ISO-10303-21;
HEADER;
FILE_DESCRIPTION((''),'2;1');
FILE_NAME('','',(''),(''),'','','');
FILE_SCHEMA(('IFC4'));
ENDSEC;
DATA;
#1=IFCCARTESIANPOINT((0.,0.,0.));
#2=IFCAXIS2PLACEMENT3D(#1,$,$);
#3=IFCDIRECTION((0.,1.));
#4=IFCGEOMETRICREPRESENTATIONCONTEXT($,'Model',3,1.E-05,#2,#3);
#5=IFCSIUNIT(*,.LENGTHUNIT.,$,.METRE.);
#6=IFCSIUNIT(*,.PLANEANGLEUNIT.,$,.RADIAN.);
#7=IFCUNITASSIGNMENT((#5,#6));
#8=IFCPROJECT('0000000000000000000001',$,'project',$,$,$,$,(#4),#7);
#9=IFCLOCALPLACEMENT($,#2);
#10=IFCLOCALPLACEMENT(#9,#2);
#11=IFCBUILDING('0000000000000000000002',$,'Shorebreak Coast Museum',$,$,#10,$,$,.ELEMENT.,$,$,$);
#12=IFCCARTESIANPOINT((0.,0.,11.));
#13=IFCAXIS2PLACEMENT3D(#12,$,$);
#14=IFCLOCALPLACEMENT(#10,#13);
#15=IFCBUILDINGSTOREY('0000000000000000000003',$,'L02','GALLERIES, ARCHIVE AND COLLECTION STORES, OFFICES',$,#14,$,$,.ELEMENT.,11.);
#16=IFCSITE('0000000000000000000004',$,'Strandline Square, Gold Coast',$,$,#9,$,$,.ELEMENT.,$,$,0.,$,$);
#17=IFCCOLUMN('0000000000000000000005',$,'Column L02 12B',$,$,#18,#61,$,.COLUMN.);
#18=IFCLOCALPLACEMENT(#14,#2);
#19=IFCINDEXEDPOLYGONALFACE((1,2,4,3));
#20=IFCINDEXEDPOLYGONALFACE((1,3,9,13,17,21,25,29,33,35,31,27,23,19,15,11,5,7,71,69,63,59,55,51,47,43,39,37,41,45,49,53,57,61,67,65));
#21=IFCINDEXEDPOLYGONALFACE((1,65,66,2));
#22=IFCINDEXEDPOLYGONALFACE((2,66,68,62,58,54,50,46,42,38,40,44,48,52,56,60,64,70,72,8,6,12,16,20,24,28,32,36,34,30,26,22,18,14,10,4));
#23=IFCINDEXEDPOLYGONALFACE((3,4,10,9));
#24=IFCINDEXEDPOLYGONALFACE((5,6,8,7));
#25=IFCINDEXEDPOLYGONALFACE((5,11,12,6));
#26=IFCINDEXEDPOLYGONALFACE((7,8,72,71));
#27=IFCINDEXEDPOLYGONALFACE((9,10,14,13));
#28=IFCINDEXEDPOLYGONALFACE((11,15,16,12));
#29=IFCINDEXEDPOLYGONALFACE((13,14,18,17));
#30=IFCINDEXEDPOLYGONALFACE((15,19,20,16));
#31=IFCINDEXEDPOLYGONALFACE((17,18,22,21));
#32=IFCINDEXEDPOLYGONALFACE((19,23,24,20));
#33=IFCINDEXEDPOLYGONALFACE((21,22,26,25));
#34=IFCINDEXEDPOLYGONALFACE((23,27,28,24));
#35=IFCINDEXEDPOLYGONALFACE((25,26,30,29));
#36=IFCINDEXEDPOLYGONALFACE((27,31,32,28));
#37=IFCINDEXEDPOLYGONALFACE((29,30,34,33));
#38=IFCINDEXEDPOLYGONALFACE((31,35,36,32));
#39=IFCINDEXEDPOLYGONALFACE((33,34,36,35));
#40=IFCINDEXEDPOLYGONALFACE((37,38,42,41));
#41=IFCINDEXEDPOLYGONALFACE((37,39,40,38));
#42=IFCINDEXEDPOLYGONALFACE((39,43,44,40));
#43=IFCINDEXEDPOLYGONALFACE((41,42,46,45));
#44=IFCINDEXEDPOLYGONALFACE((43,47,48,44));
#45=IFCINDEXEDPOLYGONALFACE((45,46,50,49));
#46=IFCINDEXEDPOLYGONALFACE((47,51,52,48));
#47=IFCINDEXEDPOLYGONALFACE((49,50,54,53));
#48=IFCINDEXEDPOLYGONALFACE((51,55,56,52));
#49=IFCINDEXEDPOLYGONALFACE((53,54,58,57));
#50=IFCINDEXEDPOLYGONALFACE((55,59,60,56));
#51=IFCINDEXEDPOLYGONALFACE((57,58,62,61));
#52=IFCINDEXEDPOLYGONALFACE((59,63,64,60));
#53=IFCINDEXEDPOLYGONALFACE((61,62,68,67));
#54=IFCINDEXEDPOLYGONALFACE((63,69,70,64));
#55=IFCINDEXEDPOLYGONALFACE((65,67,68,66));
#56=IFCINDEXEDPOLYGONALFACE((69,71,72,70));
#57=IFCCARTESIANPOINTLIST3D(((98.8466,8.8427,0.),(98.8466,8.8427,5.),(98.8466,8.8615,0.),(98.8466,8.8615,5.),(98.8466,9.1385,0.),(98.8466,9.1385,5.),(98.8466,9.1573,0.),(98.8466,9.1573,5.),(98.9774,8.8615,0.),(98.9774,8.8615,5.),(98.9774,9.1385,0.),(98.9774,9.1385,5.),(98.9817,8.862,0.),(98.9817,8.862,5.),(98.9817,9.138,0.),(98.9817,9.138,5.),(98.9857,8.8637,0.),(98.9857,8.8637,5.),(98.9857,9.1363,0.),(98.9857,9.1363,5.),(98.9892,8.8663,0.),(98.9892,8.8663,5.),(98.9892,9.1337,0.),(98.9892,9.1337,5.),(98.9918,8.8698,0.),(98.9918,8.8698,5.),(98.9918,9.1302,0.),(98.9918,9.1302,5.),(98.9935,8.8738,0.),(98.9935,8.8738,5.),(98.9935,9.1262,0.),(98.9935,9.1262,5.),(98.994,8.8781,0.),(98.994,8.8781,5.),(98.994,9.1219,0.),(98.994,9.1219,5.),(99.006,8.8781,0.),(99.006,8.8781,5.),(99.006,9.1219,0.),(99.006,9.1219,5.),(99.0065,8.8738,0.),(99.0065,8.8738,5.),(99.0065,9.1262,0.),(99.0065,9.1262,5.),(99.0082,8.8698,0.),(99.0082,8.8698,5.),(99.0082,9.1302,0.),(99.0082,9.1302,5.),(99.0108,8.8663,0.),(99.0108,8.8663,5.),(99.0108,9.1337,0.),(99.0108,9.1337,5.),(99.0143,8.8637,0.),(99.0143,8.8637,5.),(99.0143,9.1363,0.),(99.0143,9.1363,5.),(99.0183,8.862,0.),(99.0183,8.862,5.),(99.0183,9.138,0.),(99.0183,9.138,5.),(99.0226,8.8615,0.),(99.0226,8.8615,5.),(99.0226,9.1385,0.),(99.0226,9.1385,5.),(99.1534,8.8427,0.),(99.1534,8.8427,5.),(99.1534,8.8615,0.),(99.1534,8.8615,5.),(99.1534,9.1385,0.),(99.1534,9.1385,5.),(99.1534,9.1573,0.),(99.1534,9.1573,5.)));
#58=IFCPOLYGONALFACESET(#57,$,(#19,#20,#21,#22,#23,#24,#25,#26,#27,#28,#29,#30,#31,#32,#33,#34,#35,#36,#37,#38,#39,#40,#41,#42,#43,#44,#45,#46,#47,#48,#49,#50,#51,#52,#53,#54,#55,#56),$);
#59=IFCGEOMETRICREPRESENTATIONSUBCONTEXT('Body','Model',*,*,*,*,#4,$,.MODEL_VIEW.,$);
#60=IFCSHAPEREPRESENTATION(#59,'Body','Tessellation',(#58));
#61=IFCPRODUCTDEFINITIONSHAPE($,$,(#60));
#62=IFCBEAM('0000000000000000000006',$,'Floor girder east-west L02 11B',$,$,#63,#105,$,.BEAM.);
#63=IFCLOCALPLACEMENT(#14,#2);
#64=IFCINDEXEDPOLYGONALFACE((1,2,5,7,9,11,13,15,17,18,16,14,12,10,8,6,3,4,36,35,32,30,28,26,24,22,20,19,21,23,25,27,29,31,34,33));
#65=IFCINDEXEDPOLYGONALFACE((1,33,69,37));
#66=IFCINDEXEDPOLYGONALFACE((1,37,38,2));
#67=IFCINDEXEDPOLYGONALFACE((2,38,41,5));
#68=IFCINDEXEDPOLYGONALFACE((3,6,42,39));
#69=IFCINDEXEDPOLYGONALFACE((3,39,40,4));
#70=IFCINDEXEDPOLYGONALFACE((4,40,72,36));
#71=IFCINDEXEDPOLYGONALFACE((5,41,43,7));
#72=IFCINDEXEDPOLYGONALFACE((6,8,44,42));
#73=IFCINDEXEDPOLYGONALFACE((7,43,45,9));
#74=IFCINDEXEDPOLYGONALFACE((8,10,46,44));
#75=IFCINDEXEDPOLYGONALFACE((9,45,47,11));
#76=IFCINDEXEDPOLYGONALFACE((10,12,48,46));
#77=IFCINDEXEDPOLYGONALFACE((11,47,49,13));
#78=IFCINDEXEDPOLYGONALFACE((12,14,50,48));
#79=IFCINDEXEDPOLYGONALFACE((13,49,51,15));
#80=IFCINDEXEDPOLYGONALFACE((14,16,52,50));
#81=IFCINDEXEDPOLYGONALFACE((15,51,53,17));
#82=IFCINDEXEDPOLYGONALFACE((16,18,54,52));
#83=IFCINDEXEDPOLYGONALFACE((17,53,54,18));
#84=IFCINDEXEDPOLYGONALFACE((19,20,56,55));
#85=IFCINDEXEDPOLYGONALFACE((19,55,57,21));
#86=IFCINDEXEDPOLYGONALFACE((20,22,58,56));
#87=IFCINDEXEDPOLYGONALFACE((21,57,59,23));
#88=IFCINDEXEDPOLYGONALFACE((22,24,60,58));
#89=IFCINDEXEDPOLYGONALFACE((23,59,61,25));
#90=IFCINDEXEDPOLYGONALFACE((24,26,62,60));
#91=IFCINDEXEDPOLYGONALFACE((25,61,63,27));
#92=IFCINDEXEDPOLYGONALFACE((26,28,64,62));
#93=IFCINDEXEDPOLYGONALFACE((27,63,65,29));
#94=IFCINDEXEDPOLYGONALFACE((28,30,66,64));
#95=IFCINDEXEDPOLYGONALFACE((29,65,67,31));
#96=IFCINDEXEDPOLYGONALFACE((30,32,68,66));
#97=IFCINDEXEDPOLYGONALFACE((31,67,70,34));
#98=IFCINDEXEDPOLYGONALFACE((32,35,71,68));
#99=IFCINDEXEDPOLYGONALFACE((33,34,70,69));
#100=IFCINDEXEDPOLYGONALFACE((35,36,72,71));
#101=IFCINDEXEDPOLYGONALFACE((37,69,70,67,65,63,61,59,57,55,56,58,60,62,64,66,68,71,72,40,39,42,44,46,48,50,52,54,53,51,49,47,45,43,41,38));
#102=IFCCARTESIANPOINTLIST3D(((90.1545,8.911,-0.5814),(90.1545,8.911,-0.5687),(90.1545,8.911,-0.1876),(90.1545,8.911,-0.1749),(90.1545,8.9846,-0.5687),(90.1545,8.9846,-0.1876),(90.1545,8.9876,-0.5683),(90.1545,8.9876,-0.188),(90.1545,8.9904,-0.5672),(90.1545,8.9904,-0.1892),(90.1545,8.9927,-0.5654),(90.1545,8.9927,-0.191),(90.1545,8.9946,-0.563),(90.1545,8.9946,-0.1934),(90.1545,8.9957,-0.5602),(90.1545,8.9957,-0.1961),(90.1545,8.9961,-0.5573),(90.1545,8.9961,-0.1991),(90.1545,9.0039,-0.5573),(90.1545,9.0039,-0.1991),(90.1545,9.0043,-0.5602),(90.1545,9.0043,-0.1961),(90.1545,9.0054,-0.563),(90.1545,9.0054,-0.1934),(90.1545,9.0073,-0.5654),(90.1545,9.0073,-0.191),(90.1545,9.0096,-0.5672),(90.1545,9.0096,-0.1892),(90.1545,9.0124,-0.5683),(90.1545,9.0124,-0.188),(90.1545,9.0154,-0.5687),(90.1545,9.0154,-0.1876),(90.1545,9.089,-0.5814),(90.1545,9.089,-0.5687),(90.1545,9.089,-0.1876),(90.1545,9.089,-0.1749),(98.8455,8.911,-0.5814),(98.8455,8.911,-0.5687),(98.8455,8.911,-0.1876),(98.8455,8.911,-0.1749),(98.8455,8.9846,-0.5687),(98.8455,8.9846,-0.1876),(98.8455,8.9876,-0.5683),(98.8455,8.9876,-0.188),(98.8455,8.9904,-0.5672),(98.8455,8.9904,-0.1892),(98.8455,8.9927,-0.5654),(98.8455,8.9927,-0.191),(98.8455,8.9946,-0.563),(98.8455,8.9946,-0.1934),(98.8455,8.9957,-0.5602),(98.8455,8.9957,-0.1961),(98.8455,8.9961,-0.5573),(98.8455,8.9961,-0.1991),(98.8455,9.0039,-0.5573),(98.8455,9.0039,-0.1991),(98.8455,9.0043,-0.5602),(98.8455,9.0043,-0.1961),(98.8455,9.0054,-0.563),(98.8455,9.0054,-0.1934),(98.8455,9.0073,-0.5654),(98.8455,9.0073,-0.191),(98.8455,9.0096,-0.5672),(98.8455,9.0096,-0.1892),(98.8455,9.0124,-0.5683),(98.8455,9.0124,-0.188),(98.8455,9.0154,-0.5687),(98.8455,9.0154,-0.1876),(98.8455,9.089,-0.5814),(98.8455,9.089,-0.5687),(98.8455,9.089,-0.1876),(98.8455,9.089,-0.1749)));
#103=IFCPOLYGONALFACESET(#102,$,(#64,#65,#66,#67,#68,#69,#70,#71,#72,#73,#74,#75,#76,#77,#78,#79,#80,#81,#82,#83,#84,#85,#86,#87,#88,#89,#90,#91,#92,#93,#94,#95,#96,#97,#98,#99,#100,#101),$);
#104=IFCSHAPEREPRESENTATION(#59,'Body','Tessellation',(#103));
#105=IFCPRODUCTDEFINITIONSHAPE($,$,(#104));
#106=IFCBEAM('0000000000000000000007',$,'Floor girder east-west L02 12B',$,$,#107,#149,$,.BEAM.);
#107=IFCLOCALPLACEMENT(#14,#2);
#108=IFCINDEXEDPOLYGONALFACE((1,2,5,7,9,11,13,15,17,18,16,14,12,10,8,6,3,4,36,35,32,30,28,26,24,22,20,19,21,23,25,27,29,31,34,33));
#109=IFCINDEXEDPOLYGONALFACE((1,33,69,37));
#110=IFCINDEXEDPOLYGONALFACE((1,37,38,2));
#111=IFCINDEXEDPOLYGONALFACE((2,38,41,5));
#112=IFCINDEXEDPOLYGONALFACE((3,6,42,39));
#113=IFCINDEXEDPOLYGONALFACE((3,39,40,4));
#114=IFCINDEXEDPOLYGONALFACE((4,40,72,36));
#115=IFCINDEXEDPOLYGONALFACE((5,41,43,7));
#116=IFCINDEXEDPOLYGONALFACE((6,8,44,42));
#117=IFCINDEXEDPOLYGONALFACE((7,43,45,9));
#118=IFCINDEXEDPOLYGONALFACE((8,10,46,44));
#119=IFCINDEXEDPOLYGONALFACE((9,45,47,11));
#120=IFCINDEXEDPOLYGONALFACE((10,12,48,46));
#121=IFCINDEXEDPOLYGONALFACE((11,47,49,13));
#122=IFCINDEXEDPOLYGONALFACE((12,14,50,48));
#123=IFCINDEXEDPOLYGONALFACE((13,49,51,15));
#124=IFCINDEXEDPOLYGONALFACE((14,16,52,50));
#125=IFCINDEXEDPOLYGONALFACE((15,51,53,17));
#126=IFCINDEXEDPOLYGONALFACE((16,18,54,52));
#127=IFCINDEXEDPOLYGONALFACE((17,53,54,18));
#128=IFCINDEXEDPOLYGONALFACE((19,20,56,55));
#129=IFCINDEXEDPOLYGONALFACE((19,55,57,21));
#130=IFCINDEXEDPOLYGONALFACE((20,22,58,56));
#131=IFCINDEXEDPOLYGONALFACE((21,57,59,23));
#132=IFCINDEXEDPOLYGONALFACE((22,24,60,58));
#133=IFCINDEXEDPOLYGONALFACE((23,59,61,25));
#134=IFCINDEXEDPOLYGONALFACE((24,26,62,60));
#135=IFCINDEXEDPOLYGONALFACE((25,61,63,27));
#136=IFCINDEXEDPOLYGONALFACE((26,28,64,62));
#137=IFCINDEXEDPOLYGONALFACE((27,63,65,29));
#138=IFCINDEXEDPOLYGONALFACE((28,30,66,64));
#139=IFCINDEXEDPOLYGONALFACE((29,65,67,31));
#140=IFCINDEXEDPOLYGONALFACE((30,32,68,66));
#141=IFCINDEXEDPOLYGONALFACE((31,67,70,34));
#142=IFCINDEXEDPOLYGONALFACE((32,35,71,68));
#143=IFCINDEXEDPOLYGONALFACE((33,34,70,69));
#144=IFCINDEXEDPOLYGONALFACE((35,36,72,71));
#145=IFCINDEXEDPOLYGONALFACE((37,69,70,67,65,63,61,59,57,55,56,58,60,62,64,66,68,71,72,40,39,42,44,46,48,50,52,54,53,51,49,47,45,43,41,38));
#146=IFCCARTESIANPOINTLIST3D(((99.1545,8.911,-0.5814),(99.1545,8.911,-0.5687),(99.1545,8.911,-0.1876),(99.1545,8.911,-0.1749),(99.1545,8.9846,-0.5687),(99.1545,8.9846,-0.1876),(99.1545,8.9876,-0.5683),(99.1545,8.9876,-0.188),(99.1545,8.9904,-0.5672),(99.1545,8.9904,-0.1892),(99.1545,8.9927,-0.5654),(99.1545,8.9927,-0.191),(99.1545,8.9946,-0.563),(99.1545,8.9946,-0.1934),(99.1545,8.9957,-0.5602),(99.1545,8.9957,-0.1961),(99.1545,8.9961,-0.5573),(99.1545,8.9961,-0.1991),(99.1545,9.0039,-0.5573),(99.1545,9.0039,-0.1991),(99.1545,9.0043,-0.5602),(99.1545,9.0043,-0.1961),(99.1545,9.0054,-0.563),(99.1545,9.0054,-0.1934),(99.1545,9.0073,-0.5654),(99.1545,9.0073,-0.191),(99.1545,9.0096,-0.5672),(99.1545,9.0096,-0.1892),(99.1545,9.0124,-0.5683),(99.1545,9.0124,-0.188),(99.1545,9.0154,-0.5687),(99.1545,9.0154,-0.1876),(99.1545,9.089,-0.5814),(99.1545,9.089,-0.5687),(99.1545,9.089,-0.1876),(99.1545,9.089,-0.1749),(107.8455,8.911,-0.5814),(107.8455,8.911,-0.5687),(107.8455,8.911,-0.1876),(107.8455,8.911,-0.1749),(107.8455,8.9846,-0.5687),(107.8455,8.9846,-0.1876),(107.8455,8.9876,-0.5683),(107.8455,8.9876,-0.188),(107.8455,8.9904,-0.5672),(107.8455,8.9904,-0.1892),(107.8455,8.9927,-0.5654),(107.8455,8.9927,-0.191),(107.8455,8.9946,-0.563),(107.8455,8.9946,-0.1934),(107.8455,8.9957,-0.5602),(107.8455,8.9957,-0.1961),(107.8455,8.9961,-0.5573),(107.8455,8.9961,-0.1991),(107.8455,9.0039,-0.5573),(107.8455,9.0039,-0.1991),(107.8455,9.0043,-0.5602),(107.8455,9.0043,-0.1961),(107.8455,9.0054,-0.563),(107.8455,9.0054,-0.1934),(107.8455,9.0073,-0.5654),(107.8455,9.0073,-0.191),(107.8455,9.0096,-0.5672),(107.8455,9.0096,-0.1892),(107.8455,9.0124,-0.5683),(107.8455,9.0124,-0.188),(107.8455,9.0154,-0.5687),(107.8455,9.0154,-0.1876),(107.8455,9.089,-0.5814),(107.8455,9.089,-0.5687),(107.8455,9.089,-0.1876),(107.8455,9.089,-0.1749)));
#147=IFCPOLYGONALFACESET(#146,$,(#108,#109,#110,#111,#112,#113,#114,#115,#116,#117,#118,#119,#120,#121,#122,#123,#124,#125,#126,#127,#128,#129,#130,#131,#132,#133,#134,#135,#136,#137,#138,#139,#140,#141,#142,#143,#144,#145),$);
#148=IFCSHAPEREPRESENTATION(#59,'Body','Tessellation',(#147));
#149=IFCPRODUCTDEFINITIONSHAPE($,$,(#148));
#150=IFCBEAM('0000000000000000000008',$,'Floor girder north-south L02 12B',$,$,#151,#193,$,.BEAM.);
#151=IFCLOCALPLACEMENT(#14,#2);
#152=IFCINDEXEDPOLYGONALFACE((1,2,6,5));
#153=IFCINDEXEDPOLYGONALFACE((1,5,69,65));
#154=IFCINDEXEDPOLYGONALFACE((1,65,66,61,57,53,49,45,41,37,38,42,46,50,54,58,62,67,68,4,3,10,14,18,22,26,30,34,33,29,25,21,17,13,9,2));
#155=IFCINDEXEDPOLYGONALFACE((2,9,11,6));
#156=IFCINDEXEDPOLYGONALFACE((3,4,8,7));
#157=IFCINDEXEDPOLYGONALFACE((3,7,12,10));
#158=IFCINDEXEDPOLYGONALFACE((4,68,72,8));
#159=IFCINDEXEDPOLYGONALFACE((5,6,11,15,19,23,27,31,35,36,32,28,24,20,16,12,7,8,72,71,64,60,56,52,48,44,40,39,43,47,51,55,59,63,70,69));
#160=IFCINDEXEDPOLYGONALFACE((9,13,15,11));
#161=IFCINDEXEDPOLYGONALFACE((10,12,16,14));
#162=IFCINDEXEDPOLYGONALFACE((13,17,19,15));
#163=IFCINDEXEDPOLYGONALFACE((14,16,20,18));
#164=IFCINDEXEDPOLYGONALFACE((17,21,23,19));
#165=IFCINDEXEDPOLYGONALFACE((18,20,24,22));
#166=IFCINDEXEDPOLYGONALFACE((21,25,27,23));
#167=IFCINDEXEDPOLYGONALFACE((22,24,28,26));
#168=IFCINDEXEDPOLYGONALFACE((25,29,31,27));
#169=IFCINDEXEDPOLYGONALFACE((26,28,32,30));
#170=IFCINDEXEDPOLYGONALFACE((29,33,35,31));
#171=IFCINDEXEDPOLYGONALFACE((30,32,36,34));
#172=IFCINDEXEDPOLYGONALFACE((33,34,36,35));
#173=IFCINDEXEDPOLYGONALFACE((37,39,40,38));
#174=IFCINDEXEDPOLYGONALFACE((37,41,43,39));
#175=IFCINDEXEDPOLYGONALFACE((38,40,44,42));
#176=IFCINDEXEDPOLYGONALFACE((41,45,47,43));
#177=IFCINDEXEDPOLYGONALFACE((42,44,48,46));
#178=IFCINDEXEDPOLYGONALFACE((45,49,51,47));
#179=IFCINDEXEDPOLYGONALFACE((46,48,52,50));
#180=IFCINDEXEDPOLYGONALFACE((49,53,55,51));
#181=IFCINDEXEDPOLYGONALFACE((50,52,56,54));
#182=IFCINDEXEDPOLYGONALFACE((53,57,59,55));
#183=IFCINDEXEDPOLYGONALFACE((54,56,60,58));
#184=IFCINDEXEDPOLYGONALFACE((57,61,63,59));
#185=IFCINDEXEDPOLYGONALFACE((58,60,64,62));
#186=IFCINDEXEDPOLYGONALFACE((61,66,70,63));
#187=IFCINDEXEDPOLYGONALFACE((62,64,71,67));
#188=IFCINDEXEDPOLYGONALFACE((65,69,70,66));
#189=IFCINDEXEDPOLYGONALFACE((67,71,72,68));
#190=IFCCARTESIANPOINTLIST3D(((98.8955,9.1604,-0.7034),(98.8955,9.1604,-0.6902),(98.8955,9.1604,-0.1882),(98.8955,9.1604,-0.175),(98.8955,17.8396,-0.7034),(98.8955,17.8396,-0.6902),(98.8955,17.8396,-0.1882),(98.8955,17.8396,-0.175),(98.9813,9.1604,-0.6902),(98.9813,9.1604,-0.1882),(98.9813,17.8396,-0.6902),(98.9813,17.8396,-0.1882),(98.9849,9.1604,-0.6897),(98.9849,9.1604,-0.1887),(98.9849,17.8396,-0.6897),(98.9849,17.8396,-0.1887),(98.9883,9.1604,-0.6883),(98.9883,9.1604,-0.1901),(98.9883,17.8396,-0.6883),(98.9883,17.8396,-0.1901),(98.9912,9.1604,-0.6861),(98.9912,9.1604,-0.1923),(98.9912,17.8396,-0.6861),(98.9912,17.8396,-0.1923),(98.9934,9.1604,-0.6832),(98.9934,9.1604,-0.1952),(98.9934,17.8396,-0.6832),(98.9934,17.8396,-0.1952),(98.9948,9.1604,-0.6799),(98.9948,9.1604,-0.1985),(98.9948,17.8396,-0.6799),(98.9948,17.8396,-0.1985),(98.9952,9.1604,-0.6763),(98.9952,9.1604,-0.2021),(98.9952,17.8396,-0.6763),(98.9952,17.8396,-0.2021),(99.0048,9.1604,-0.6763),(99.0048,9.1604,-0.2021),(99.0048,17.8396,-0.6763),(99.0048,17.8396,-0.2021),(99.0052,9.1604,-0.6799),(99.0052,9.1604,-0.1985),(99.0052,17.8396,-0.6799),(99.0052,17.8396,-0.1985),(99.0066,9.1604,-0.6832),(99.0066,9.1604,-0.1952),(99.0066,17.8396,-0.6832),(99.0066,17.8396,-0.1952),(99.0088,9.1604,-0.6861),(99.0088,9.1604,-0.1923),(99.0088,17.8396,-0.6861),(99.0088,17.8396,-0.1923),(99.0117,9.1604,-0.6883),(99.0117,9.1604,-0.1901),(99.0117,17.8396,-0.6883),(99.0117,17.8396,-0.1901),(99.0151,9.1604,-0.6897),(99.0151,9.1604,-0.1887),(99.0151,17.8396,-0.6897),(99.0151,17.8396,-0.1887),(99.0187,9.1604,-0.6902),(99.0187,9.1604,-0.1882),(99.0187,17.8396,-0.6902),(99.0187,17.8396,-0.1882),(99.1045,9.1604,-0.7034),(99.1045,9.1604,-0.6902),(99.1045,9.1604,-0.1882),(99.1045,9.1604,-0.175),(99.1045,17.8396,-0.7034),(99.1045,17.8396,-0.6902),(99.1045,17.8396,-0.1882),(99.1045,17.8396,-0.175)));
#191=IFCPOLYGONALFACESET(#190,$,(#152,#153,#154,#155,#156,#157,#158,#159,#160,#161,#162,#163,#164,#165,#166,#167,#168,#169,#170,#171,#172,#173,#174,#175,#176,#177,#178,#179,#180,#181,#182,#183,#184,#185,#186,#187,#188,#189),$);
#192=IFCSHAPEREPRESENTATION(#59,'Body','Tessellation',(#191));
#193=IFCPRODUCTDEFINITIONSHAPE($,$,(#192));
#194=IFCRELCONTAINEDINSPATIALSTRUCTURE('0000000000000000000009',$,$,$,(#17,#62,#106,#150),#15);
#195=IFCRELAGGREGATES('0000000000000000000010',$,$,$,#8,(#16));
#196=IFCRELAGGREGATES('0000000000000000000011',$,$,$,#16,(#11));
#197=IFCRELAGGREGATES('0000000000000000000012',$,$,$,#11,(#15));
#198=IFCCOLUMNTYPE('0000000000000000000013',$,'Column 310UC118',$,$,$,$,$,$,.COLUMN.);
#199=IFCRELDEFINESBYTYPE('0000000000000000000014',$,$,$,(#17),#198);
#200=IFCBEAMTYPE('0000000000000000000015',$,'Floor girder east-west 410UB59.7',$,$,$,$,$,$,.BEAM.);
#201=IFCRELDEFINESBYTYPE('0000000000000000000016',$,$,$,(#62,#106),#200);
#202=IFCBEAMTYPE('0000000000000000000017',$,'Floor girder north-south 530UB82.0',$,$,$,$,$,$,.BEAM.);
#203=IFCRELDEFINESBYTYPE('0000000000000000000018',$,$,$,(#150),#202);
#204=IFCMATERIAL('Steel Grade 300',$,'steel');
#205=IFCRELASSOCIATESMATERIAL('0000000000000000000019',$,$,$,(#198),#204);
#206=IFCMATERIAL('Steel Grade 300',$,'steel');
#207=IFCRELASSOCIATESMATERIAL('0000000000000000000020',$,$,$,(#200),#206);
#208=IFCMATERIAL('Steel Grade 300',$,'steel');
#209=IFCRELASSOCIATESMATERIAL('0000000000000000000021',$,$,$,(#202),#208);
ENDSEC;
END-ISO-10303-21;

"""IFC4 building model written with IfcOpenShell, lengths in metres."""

from ifc_helpers import new_model, si_unit, direction, frame, origin, origin_2d, place, context, subcontext, project, spatial, i_section, extrude, material, material_profile, profile_set, type_object, element, save


model = new_model("IFC4")

# Units and contexts
model_context = context("Model", 3, precision=1e-05, world=origin(), true_north=direction((0.0, 1.0)))
body_context = subcontext(model_context, "Body", "Model", "MODEL_VIEW")
ifc_project = project(units=[si_unit("LENGTHUNIT", "METRE"), si_unit("PLANEANGLEUNIT", "RADIAN")], contexts=[model_context])

# Site, building, storey
site_placement = place(None, origin())
site = spatial("IfcSite", under=ifc_project, at=site_placement, Name="Strandline Square, Gold Coast", CompositionType="ELEMENT", RefElevation=0.0)
building_placement = place(site_placement, origin())
building = spatial("IfcBuilding", under=site, at=building_placement, Name="Shorebreak Coast Museum", CompositionType="ELEMENT")
storey_placement = place(building_placement, frame((0.0, 0.0, 11.0)))
storey = spatial("IfcBuildingStorey", under=building, at=storey_placement, Name="L02", Description="GALLERIES, ARCHIVE AND COLLECTION STORES, OFFICES", CompositionType="ELEMENT", Elevation=11.0)

# Column
ifc_material_1 = material(Name="Steel Grade 300", Category="steel")
ifc_material_profile_1 = material_profile(ifc_material_1, i_section(OverallWidth=0.3069, OverallDepth=0.3147, WebThickness=0.012, FlangeThickness=0.0188, FilletRadius=0.0166, at=origin_2d()), Name="310UC118")
ifc_profile_set_1 = profile_set([ifc_material_profile_1], Name="Steel Grade 300")
column_type = type_object("IfcColumnType", Name="Column 310UC118", PredefinedType="COLUMN", material=ifc_profile_set_1)
column_placement = place(storey_placement, frame((99.0, 9.0, 0.0), z_axis=(0.0, 0.0, 1.0), x_axis=(1.0, 0.0, 0.0)))
element("IfcColumn", 1, at=column_placement, inside=storey, type_object=column_type, Name="Column L02 12B", PredefinedType="COLUMN", context=body_context, shape_type="SweptSolid", body=[
    extrude(i_section(OverallWidth=0.3069, OverallDepth=0.3147, WebThickness=0.012, FlangeThickness=0.0188, FilletRadius=0.0166, at=origin_2d()), origin(), (0.0, 0.0, 1.0), 5.0),
])

# Beams
ifc_material_2 = material(Name="Steel Grade 300", Category="steel")
ifc_material_profile_2 = material_profile(ifc_material_2, i_section(OverallWidth=0.178, OverallDepth=0.4065, WebThickness=0.0078, FlangeThickness=0.0127, FilletRadius=0.0115, at=origin_2d()), Name="410UB59.7")
ifc_profile_set_2 = profile_set([ifc_material_profile_2], Name="Steel Grade 300")
beam_type_1 = type_object("IfcBeamType", Name="Floor girder east-west 410UB59.7", PredefinedType="BEAM", material=ifc_profile_set_2)
for number, where, z_axis, x_axis, name in (
    (2, (90.1545, 9.0, -0.3782), (1.0, 0.0, 0.0), (0.0, 1.0, 0.0), "Floor girder east-west L02 11B"),
    (3, (99.1545, 9.0, -0.3782), (1.0, 0.0, 0.0), (0.0, 1.0, 0.0), "Floor girder east-west L02 12B"),
):
    element("IfcBeam", number, at=place(storey_placement, frame(where, z_axis=z_axis, x_axis=x_axis)), inside=storey, type_object=beam_type_1, Name=name, PredefinedType="BEAM", context=body_context, shape_type="SweptSolid", body=[
        extrude(i_section(OverallWidth=0.178, OverallDepth=0.4065, WebThickness=0.0078, FlangeThickness=0.0127, FilletRadius=0.0115, at=origin_2d()), origin(), (0.0, 0.0, 1.0), 8.6909),
    ])
ifc_material_3 = material(Name="Steel Grade 300", Category="steel")
ifc_material_profile_3 = material_profile(ifc_material_3, i_section(OverallWidth=0.209, OverallDepth=0.5283, WebThickness=0.0095, FlangeThickness=0.0132, FilletRadius=0.0139, at=origin_2d()), Name="530UB82.0")
ifc_profile_set_3 = profile_set([ifc_material_profile_3], Name="Steel Grade 300")
beam_type_2 = type_object("IfcBeamType", Name="Floor girder north-south 530UB82.0", PredefinedType="BEAM", material=ifc_profile_set_3)
beam_1_placement = place(storey_placement, frame((99.0, 9.1604, -0.4392), z_axis=(0.0, 1.0, 0.0), x_axis=(-1.0, 0.0, 0.0)))
element("IfcBeam", 4, at=beam_1_placement, inside=storey, type_object=beam_type_2, Name="Floor girder north-south L02 12B", PredefinedType="BEAM", context=body_context, shape_type="SweptSolid", body=[
    extrude(i_section(OverallWidth=0.209, OverallDepth=0.5283, WebThickness=0.0095, FlangeThickness=0.0132, FilletRadius=0.0139, at=origin_2d()), origin(), (0.0, 0.0, 1.0), 8.6792),
])

save(model, "model.ifc")
